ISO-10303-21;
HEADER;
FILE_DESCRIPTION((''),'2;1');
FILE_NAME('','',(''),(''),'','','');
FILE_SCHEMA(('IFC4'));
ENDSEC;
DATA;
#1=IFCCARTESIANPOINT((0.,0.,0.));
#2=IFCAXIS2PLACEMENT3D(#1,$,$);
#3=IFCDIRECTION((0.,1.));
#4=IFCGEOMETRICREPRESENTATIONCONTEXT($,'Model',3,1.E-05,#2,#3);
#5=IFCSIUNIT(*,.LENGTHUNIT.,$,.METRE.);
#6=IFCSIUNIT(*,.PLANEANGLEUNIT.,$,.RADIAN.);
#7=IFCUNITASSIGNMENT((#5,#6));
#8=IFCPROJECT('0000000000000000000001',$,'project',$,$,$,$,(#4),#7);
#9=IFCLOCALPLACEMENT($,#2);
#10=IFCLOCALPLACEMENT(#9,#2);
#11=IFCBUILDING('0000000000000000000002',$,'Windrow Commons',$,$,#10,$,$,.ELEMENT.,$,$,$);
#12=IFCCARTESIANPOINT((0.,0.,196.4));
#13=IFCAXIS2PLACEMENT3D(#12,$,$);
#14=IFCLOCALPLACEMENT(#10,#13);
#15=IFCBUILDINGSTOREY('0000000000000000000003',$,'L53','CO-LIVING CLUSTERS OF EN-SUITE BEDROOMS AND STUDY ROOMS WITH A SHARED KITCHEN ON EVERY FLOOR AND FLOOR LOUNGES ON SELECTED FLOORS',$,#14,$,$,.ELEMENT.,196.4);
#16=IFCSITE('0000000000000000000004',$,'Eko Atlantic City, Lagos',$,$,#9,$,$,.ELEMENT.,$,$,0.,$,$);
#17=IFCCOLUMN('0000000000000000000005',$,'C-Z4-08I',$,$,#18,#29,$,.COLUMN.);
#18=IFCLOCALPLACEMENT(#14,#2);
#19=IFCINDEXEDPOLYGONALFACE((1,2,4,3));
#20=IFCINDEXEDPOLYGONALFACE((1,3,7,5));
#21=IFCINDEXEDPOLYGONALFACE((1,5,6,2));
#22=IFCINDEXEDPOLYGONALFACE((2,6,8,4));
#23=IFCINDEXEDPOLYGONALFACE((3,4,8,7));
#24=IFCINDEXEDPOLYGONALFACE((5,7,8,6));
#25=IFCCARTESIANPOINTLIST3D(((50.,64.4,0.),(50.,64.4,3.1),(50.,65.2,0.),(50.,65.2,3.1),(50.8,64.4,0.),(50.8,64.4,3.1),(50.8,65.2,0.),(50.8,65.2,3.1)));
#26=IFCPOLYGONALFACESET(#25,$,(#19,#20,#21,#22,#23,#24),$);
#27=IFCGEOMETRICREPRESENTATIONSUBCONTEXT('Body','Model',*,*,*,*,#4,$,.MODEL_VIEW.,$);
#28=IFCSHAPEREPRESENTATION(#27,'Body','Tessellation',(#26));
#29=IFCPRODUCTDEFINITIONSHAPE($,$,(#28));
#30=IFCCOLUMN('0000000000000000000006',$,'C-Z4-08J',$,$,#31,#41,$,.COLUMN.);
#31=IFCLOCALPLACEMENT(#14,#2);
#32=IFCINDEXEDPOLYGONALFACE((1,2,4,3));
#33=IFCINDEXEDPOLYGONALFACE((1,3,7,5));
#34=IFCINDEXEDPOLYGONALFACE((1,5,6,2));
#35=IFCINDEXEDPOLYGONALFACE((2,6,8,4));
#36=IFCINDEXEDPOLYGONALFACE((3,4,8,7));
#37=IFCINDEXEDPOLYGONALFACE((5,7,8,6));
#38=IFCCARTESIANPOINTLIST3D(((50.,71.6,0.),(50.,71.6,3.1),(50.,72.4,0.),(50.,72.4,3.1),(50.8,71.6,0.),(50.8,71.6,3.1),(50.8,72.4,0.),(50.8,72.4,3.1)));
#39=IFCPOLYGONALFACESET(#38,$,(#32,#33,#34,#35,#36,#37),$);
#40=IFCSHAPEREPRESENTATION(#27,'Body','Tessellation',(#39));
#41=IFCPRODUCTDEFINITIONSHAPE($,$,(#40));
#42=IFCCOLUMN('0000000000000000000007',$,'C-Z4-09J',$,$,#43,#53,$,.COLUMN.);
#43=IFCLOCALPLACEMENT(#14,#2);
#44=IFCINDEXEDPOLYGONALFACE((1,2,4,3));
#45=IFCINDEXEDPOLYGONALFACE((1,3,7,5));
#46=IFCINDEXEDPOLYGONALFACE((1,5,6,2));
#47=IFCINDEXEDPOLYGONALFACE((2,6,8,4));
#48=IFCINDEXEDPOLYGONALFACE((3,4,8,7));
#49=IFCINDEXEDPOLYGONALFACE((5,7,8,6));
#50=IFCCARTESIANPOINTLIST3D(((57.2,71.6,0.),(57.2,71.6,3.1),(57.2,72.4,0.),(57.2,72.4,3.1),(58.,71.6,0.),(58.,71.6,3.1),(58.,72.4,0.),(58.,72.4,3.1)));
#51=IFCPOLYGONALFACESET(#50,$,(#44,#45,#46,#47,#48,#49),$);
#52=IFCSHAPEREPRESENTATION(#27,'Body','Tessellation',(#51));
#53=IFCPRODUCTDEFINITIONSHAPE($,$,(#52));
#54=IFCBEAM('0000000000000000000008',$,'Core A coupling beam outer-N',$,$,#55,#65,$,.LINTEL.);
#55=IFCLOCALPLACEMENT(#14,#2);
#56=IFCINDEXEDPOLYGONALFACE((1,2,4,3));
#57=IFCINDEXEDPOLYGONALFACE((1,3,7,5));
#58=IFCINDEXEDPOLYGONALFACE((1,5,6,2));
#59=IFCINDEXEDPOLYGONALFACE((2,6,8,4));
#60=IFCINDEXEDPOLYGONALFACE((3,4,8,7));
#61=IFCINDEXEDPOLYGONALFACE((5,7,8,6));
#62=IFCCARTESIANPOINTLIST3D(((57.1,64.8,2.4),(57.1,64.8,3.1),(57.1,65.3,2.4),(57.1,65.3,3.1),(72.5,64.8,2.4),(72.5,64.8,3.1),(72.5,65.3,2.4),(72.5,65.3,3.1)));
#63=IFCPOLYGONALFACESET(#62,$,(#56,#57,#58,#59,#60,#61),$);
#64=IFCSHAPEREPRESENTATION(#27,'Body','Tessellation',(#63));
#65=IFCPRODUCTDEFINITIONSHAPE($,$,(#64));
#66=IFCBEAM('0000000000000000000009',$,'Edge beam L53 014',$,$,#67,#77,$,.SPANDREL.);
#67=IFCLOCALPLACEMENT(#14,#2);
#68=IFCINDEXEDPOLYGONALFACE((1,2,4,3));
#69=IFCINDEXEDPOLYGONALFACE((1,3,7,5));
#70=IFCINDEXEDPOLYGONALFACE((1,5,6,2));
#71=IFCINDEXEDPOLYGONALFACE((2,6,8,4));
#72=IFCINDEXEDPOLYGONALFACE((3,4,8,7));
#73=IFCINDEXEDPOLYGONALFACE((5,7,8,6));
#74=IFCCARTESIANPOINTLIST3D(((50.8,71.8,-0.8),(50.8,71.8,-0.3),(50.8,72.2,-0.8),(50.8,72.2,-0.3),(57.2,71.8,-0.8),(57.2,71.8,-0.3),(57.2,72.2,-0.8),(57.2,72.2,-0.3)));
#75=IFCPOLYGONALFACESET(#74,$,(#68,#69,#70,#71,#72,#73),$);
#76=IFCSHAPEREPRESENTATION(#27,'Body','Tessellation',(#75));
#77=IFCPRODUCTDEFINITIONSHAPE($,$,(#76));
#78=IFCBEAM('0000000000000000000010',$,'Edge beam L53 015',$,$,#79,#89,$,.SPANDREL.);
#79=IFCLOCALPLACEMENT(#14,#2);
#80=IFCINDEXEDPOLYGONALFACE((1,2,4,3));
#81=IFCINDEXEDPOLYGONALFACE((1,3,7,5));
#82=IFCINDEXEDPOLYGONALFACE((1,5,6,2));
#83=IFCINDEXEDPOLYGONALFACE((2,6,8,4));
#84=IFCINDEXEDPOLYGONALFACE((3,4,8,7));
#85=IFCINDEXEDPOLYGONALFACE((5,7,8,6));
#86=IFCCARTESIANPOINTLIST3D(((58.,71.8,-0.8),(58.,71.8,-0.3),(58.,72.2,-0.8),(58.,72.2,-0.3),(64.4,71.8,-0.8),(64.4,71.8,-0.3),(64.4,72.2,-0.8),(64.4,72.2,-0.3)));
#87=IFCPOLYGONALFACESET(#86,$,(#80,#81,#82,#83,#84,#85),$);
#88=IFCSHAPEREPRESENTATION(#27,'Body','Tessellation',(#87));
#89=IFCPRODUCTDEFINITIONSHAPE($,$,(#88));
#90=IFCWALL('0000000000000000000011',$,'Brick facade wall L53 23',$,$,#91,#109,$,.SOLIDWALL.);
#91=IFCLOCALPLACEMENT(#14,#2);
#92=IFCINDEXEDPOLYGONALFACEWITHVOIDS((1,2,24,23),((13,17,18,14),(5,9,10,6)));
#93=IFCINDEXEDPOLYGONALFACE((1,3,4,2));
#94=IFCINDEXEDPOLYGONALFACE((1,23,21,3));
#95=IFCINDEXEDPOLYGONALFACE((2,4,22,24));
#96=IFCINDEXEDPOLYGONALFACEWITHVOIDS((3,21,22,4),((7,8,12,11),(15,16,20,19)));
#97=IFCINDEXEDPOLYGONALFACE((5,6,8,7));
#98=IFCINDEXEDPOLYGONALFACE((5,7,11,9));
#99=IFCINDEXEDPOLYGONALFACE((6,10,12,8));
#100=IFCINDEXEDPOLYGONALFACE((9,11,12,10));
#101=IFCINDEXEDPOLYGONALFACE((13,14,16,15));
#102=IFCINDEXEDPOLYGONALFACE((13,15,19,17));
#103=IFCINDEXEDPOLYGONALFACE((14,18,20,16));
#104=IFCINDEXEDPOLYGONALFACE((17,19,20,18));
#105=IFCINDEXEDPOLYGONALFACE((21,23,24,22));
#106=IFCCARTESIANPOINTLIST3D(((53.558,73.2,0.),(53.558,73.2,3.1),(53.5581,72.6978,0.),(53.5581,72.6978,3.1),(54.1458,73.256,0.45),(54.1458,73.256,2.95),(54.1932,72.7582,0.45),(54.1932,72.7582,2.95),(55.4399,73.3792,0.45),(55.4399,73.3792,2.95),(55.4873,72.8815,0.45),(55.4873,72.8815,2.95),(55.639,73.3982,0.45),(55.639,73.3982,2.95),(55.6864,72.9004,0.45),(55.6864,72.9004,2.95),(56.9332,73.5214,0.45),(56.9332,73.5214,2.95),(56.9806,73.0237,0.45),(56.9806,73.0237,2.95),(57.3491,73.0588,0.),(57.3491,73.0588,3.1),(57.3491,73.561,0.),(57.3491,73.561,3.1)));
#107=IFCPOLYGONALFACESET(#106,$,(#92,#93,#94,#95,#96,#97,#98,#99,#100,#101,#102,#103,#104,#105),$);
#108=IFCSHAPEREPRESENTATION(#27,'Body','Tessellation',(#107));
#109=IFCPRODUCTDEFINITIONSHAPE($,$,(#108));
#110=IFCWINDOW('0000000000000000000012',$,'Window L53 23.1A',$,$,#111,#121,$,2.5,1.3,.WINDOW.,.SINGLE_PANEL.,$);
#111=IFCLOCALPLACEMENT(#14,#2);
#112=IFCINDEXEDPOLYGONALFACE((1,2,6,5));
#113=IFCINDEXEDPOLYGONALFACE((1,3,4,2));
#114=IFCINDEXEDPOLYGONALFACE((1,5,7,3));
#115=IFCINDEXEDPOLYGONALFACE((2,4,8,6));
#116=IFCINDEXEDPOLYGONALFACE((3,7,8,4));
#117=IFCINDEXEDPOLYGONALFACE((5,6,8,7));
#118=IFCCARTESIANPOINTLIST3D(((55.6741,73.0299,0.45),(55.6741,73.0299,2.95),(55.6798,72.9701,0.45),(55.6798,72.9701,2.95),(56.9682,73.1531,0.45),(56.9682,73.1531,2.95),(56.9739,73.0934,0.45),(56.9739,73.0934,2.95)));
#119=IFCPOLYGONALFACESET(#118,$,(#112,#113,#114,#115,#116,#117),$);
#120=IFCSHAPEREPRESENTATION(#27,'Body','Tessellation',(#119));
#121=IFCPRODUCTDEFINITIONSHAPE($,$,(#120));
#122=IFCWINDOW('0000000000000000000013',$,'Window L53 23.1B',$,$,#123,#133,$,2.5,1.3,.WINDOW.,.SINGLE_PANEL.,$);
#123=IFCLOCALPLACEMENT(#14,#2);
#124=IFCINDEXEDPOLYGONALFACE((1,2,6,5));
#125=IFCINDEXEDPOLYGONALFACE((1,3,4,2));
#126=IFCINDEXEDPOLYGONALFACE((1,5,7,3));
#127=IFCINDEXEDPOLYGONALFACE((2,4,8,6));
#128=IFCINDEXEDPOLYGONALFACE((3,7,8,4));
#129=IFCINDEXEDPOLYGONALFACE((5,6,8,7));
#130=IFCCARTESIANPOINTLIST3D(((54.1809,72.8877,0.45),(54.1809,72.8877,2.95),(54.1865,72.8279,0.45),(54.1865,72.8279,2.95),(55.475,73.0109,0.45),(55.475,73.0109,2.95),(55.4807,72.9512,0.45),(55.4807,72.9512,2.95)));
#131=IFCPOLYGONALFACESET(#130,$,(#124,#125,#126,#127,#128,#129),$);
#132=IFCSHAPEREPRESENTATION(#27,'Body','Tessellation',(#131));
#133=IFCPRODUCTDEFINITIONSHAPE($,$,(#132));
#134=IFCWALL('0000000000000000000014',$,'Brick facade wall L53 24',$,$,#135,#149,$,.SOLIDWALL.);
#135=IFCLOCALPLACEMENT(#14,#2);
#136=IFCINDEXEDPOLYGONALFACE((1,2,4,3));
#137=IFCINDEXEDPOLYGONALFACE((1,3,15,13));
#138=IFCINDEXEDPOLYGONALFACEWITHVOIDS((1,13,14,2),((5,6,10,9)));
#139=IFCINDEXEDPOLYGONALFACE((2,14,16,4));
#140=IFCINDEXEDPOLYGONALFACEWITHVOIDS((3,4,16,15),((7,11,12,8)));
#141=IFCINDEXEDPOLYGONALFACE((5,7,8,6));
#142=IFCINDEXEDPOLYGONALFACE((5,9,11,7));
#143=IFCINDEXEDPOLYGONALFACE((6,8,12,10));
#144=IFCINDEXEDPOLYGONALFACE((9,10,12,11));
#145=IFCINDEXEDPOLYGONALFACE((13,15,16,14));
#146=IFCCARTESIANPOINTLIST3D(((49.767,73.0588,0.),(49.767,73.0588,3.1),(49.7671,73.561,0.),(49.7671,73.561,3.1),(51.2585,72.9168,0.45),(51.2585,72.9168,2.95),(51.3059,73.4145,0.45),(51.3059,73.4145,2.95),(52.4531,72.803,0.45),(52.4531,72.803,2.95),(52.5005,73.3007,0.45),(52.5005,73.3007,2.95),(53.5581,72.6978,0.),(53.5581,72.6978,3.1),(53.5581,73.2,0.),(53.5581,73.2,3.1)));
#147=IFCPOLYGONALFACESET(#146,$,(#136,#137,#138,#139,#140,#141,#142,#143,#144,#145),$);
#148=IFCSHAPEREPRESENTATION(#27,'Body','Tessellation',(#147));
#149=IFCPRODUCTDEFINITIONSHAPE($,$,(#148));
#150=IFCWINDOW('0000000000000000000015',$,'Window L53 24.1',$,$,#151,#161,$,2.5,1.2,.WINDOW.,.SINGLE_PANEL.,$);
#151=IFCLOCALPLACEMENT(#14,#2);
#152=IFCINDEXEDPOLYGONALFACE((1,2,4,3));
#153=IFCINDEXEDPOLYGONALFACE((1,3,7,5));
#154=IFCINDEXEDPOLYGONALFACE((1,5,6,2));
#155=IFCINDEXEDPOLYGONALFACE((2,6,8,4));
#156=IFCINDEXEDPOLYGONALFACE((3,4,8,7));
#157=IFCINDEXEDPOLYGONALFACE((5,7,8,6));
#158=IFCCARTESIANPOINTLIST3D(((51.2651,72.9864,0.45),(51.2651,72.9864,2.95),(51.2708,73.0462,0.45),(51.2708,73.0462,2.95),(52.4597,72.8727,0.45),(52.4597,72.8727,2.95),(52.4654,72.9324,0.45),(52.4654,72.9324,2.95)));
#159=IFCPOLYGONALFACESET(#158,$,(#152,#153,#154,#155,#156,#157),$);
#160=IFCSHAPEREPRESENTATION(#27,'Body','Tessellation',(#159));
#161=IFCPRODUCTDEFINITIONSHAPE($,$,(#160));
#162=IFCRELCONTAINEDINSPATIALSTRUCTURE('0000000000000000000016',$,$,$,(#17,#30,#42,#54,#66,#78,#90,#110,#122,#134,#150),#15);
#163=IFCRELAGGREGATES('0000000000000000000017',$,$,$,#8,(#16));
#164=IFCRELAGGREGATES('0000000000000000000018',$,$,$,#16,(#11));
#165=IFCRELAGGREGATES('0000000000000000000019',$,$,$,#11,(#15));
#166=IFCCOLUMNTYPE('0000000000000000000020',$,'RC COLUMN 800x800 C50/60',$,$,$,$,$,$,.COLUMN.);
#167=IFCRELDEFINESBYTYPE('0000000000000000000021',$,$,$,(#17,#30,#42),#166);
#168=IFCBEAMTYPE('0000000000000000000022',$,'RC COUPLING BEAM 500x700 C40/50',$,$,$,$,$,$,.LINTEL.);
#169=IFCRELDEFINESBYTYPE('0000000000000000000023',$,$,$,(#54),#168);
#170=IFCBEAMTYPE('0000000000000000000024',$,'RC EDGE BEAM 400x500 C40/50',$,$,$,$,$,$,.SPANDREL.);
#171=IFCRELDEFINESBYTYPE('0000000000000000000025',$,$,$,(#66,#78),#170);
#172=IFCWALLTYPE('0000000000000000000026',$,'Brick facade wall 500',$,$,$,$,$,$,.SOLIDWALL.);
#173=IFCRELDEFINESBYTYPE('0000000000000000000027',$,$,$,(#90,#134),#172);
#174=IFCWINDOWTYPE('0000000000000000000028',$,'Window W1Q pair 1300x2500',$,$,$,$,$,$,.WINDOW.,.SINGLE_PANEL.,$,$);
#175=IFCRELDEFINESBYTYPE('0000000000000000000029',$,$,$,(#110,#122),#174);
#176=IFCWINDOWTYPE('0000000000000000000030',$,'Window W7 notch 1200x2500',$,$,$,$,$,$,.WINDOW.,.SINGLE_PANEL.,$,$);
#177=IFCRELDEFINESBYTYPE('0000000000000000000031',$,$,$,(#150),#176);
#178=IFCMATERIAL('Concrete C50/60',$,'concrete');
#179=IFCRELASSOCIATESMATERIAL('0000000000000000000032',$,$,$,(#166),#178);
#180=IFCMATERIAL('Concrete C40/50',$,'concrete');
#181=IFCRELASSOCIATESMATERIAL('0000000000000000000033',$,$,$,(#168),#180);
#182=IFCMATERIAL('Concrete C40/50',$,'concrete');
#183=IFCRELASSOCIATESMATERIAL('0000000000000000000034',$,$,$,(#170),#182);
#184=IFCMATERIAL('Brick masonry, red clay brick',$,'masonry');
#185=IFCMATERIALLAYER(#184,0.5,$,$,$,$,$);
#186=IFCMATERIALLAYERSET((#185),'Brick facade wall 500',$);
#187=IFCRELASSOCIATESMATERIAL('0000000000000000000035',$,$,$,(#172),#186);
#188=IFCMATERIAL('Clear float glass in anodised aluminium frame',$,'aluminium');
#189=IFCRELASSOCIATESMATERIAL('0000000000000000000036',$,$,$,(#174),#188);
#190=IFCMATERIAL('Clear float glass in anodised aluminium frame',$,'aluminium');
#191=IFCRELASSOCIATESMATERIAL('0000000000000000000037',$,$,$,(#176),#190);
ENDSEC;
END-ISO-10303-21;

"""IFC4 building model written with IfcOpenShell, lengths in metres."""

from ifc_helpers import new_model, si_unit, direction, frame, frame_2d, origin, origin_2d, place, context, subcontext, project, spatial, polyline, rectangle, outline, extrude, material, layer, layer_set, material_profile, profile_set, type_object, element, fill, save


model = new_model("IFC4")

# Units and contexts
model_context = context("Model", 3, precision=1e-05, world=origin(), true_north=direction((0.0, 1.0)))
body_context = subcontext(model_context, "Body", "Model", "MODEL_VIEW")
ifc_project = project(units=[si_unit("LENGTHUNIT", "METRE"), si_unit("PLANEANGLEUNIT", "RADIAN")], contexts=[model_context])

# Site, building, storey
site_placement = place(None, origin())
site = spatial("IfcSite", under=ifc_project, at=site_placement, Name="Eko Atlantic City, Lagos", CompositionType="ELEMENT", RefElevation=0.0)
building_placement = place(site_placement, origin())
building = spatial("IfcBuilding", under=site, at=building_placement, Name="Windrow Commons", CompositionType="ELEMENT")
storey_placement = place(building_placement, frame((0.0, 0.0, 196.4)))
storey = spatial("IfcBuildingStorey", under=building, at=storey_placement, Name="L53", Description="CO-LIVING CLUSTERS OF EN-SUITE BEDROOMS AND STUDY ROOMS WITH A SHARED KITCHEN ON EVERY FLOOR AND FLOOR LOUNGES ON SELECTED FLOORS", CompositionType="ELEMENT", Elevation=196.4)

# Columns
ifc_material_1 = material(Name="Concrete C50/60", Category="concrete")
ifc_material_profile_1 = material_profile(ifc_material_1, rectangle(XDim=0.8, YDim=0.8, at=origin_2d()))
ifc_profile_set_1 = profile_set([ifc_material_profile_1], Name="Concrete C50/60")
column_type = type_object("IfcColumnType", Name="RC COLUMN 800x800 C50/60", PredefinedType="COLUMN", material=ifc_profile_set_1)
for number, where, z_axis, x_axis, name in (
    (1, (50.4, 64.8, 0.0), (0.0, 0.0, 1.0), (1.0, 0.0, 0.0), "C-Z4-08I"),
    (2, (50.4, 72.0, 0.0), (0.0, 0.0, 1.0), (1.0, 0.0, 0.0), "C-Z4-08J"),
    (3, (57.6, 72.0, 0.0), (0.0, 0.0, 1.0), (1.0, 0.0, 0.0), "C-Z4-09J"),
):
    element("IfcColumn", number, at=place(storey_placement, frame(where, z_axis=z_axis, x_axis=x_axis)), inside=storey, type_object=column_type, Name=name, PredefinedType="COLUMN", context=body_context, shape_type="SweptSolid", body=[
        extrude(rectangle(XDim=0.8, YDim=0.8, at=origin_2d()), origin(), (0.0, 0.0, 1.0), 3.1),
    ])

# Beams
ifc_material_2 = material(Name="Concrete C40/50", Category="concrete")
ifc_material_profile_2 = material_profile(ifc_material_2, rectangle(XDim=0.5, YDim=0.7, at=origin_2d()))
ifc_profile_set_2 = profile_set([ifc_material_profile_2], Name="Concrete C40/50")
beam_type_1 = type_object("IfcBeamType", Name="RC COUPLING BEAM 500x700 C40/50", PredefinedType="LINTEL", material=ifc_profile_set_2)
beam_placement = place(storey_placement, frame((57.1, 65.05, 2.75), z_axis=(1.0, 0.0, 0.0), x_axis=(0.0, 1.0, 0.0)))
element("IfcBeam", 4, at=beam_placement, inside=storey, type_object=beam_type_1, Name="Core A coupling beam outer-N", PredefinedType="LINTEL", context=body_context, shape_type="SweptSolid", body=[
    extrude(rectangle(XDim=0.5, YDim=0.7, at=origin_2d()), origin(), (0.0, 0.0, 1.0), 15.4),
])
ifc_material_3 = material(Name="Concrete C40/50", Category="concrete")
ifc_material_profile_3 = material_profile(ifc_material_3, rectangle(XDim=0.4, YDim=0.5, at=origin_2d()))
ifc_profile_set_3 = profile_set([ifc_material_profile_3], Name="Concrete C40/50")
beam_type_2 = type_object("IfcBeamType", Name="RC EDGE BEAM 400x500 C40/50", PredefinedType="SPANDREL", material=ifc_profile_set_3)
for number, where, z_axis, x_axis, name in (
    (5, (50.8, 72.0, -0.55), (1.0, 0.0, 0.0), (0.0, 1.0, 0.0), "Edge beam L53 014"),
    (6, (58.0, 72.0, -0.55), (1.0, 0.0, 0.0), (0.0, 1.0, 0.0), "Edge beam L53 015"),
):
    element("IfcBeam", number, at=place(storey_placement, frame(where, z_axis=z_axis, x_axis=x_axis)), inside=storey, type_object=beam_type_2, Name=name, PredefinedType="SPANDREL", context=body_context, shape_type="SweptSolid", body=[
        extrude(rectangle(XDim=0.4, YDim=0.5, at=origin_2d()), origin(), (0.0, 0.0, 1.0), 6.4),
    ])

# Wall, openings, windows
ifc_material_4 = material(Name="Brick masonry, red clay brick", Category="masonry")
ifc_layer_1 = layer(ifc_material_4, 0.5)
ifc_layer_set_1 = layer_set([ifc_layer_1], Name="Brick facade wall 500")
wall_type_1 = type_object("IfcWallType", Name="Brick facade wall 500", PredefinedType="SOLIDWALL", material=ifc_layer_set_1)
wall_1_placement = place(storey_placement, frame((57.3491, 73.3099, 0.0), z_axis=(0.0, 0.0, 1.0), x_axis=(-0.995497, -0.094797, 0.0)))
wall_1 = element("IfcWall", 7, at=wall_1_placement, inside=storey, type_object=wall_type_1, Name="Brick facade wall L53 23", PredefinedType="SOLIDWALL", context=body_context, shape_type="SweptSolid", body=[
    extrude(outline(polyline([(-0.0238, -0.25), (3.7844, -0.25), (3.832, 0.25), (0.0238, 0.25), (-0.0238, -0.25)])), origin(), (0.0, 0.0, 1.0), 3.1),
])
opening_1_placement = place(wall_1_placement, frame((0.394, 0.0, 0.45)))
opening_1 = element("IfcOpeningElement", 8, at=opening_1_placement, cuts=wall_1, PredefinedType="OPENING", context=body_context, shape_type="SweptSolid", body=[
    extrude(rectangle(XDim=1.3, YDim=2.5, at=frame_2d((0.65, 1.25))), frame((0.0, 0.26, 0.0), z_axis=(0.0, -1.0, 0.0), x_axis=(1.0, 0.0, 0.0)), (0.0, 0.0, 1.0), 0.52),
])
opening_2_placement = place(wall_1_placement, frame((1.894, 0.0, 0.45)))
opening_2 = element("IfcOpeningElement", 9, at=opening_2_placement, cuts=wall_1, PredefinedType="OPENING", context=body_context, shape_type="SweptSolid", body=[
    extrude(rectangle(XDim=1.3, YDim=2.5, at=frame_2d((0.65, 1.25))), frame((0.0, 0.26, 0.0), z_axis=(0.0, -1.0, 0.0), x_axis=(1.0, 0.0, 0.0)), (0.0, 0.0, 1.0), 0.52),
])
ifc_material_5 = material(Name="Clear float glass in anodised aluminium frame", Category="aluminium")
window_type_1 = type_object("IfcWindowType", Name="Window W1Q pair 1300x2500", PartitioningType="SINGLE_PANEL", PredefinedType="WINDOW", material=ifc_material_5)
window_1_placement = place(opening_1_placement, origin())
window_1 = element("IfcWindow", 10, at=window_1_placement, inside=storey, type_object=window_type_1, Name="Window L53 23.1A", OverallHeight=2.5, OverallWidth=1.3, PartitioningType="SINGLE_PANEL", PredefinedType="WINDOW", context=body_context, shape_type="SweptSolid", body=[
    extrude(rectangle(XDim=1.3, YDim=2.5, at=frame_2d((0.65, 1.25))), frame((0.0, 0.18, 0.0), z_axis=(0.0, -1.0, 0.0), x_axis=(1.0, 0.0, 0.0)), (0.0, 0.0, 1.0), 0.06),
])
fill(opening_1, window_1)
window_2_placement = place(opening_2_placement, origin())
window_2 = element("IfcWindow", 11, at=window_2_placement, inside=storey, type_object=window_type_1, Name="Window L53 23.1B", OverallHeight=2.5, OverallWidth=1.3, PartitioningType="SINGLE_PANEL", PredefinedType="WINDOW", context=body_context, shape_type="SweptSolid", body=[
    extrude(rectangle(XDim=1.3, YDim=2.5, at=frame_2d((0.65, 1.25))), frame((0.0, 0.18, 0.0), z_axis=(0.0, -1.0, 0.0), x_axis=(1.0, 0.0, 0.0)), (0.0, 0.0, 1.0), 0.06),
])
fill(opening_2, window_2)

# Wall, opening, window
wall_2_placement = place(storey_placement, frame((53.5581, 72.9489, 0.0), z_axis=(0.0, 0.0, 1.0), x_axis=(-0.995497, 0.094797, 0.0)))
wall_2 = element("IfcWall", 12, at=wall_2_placement, inside=storey, type_object=wall_type_1, Name="Brick facade wall L53 24", PredefinedType="SOLIDWALL", context=body_context, shape_type="SweptSolid", body=[
    extrude(outline(polyline([(0.0238, -0.25), (3.832, -0.25), (3.7844, 0.25), (-0.0238, 0.25), (0.0238, -0.25)])), origin(), (0.0, 0.0, 1.0), 3.1),
])
opening_3_placement = place(wall_2_placement, frame((1.0862, 0.0, 0.45)))
opening_3 = element("IfcOpeningElement", 13, at=opening_3_placement, cuts=wall_2, PredefinedType="OPENING", context=body_context, shape_type="SweptSolid", body=[
    extrude(rectangle(XDim=1.2, YDim=2.5, at=frame_2d((0.6, 1.25))), frame((0.0, 0.26, 0.0), z_axis=(0.0, -1.0, 0.0), x_axis=(1.0, 0.0, 0.0)), (0.0, 0.0, 1.0), 0.52),
])
ifc_material_6 = material(Name="Clear float glass in anodised aluminium frame", Category="aluminium")
window_type_2 = type_object("IfcWindowType", Name="Window W7 notch 1200x2500", PartitioningType="SINGLE_PANEL", PredefinedType="WINDOW", material=ifc_material_6)
window_3_placement = place(opening_3_placement, origin())
window_3 = element("IfcWindow", 14, at=window_3_placement, inside=storey, type_object=window_type_2, Name="Window L53 24.1", OverallHeight=2.5, OverallWidth=1.2, PartitioningType="SINGLE_PANEL", PredefinedType="WINDOW", context=body_context, shape_type="SweptSolid", body=[
    extrude(rectangle(XDim=1.2, YDim=2.5, at=frame_2d((0.6, 1.25))), frame((0.0, 0.18, 0.0), z_axis=(0.0, -1.0, 0.0), x_axis=(1.0, 0.0, 0.0)), (0.0, 0.0, 1.0), 0.06),
])
fill(opening_3, window_3)

save(model, "model.ifc")
